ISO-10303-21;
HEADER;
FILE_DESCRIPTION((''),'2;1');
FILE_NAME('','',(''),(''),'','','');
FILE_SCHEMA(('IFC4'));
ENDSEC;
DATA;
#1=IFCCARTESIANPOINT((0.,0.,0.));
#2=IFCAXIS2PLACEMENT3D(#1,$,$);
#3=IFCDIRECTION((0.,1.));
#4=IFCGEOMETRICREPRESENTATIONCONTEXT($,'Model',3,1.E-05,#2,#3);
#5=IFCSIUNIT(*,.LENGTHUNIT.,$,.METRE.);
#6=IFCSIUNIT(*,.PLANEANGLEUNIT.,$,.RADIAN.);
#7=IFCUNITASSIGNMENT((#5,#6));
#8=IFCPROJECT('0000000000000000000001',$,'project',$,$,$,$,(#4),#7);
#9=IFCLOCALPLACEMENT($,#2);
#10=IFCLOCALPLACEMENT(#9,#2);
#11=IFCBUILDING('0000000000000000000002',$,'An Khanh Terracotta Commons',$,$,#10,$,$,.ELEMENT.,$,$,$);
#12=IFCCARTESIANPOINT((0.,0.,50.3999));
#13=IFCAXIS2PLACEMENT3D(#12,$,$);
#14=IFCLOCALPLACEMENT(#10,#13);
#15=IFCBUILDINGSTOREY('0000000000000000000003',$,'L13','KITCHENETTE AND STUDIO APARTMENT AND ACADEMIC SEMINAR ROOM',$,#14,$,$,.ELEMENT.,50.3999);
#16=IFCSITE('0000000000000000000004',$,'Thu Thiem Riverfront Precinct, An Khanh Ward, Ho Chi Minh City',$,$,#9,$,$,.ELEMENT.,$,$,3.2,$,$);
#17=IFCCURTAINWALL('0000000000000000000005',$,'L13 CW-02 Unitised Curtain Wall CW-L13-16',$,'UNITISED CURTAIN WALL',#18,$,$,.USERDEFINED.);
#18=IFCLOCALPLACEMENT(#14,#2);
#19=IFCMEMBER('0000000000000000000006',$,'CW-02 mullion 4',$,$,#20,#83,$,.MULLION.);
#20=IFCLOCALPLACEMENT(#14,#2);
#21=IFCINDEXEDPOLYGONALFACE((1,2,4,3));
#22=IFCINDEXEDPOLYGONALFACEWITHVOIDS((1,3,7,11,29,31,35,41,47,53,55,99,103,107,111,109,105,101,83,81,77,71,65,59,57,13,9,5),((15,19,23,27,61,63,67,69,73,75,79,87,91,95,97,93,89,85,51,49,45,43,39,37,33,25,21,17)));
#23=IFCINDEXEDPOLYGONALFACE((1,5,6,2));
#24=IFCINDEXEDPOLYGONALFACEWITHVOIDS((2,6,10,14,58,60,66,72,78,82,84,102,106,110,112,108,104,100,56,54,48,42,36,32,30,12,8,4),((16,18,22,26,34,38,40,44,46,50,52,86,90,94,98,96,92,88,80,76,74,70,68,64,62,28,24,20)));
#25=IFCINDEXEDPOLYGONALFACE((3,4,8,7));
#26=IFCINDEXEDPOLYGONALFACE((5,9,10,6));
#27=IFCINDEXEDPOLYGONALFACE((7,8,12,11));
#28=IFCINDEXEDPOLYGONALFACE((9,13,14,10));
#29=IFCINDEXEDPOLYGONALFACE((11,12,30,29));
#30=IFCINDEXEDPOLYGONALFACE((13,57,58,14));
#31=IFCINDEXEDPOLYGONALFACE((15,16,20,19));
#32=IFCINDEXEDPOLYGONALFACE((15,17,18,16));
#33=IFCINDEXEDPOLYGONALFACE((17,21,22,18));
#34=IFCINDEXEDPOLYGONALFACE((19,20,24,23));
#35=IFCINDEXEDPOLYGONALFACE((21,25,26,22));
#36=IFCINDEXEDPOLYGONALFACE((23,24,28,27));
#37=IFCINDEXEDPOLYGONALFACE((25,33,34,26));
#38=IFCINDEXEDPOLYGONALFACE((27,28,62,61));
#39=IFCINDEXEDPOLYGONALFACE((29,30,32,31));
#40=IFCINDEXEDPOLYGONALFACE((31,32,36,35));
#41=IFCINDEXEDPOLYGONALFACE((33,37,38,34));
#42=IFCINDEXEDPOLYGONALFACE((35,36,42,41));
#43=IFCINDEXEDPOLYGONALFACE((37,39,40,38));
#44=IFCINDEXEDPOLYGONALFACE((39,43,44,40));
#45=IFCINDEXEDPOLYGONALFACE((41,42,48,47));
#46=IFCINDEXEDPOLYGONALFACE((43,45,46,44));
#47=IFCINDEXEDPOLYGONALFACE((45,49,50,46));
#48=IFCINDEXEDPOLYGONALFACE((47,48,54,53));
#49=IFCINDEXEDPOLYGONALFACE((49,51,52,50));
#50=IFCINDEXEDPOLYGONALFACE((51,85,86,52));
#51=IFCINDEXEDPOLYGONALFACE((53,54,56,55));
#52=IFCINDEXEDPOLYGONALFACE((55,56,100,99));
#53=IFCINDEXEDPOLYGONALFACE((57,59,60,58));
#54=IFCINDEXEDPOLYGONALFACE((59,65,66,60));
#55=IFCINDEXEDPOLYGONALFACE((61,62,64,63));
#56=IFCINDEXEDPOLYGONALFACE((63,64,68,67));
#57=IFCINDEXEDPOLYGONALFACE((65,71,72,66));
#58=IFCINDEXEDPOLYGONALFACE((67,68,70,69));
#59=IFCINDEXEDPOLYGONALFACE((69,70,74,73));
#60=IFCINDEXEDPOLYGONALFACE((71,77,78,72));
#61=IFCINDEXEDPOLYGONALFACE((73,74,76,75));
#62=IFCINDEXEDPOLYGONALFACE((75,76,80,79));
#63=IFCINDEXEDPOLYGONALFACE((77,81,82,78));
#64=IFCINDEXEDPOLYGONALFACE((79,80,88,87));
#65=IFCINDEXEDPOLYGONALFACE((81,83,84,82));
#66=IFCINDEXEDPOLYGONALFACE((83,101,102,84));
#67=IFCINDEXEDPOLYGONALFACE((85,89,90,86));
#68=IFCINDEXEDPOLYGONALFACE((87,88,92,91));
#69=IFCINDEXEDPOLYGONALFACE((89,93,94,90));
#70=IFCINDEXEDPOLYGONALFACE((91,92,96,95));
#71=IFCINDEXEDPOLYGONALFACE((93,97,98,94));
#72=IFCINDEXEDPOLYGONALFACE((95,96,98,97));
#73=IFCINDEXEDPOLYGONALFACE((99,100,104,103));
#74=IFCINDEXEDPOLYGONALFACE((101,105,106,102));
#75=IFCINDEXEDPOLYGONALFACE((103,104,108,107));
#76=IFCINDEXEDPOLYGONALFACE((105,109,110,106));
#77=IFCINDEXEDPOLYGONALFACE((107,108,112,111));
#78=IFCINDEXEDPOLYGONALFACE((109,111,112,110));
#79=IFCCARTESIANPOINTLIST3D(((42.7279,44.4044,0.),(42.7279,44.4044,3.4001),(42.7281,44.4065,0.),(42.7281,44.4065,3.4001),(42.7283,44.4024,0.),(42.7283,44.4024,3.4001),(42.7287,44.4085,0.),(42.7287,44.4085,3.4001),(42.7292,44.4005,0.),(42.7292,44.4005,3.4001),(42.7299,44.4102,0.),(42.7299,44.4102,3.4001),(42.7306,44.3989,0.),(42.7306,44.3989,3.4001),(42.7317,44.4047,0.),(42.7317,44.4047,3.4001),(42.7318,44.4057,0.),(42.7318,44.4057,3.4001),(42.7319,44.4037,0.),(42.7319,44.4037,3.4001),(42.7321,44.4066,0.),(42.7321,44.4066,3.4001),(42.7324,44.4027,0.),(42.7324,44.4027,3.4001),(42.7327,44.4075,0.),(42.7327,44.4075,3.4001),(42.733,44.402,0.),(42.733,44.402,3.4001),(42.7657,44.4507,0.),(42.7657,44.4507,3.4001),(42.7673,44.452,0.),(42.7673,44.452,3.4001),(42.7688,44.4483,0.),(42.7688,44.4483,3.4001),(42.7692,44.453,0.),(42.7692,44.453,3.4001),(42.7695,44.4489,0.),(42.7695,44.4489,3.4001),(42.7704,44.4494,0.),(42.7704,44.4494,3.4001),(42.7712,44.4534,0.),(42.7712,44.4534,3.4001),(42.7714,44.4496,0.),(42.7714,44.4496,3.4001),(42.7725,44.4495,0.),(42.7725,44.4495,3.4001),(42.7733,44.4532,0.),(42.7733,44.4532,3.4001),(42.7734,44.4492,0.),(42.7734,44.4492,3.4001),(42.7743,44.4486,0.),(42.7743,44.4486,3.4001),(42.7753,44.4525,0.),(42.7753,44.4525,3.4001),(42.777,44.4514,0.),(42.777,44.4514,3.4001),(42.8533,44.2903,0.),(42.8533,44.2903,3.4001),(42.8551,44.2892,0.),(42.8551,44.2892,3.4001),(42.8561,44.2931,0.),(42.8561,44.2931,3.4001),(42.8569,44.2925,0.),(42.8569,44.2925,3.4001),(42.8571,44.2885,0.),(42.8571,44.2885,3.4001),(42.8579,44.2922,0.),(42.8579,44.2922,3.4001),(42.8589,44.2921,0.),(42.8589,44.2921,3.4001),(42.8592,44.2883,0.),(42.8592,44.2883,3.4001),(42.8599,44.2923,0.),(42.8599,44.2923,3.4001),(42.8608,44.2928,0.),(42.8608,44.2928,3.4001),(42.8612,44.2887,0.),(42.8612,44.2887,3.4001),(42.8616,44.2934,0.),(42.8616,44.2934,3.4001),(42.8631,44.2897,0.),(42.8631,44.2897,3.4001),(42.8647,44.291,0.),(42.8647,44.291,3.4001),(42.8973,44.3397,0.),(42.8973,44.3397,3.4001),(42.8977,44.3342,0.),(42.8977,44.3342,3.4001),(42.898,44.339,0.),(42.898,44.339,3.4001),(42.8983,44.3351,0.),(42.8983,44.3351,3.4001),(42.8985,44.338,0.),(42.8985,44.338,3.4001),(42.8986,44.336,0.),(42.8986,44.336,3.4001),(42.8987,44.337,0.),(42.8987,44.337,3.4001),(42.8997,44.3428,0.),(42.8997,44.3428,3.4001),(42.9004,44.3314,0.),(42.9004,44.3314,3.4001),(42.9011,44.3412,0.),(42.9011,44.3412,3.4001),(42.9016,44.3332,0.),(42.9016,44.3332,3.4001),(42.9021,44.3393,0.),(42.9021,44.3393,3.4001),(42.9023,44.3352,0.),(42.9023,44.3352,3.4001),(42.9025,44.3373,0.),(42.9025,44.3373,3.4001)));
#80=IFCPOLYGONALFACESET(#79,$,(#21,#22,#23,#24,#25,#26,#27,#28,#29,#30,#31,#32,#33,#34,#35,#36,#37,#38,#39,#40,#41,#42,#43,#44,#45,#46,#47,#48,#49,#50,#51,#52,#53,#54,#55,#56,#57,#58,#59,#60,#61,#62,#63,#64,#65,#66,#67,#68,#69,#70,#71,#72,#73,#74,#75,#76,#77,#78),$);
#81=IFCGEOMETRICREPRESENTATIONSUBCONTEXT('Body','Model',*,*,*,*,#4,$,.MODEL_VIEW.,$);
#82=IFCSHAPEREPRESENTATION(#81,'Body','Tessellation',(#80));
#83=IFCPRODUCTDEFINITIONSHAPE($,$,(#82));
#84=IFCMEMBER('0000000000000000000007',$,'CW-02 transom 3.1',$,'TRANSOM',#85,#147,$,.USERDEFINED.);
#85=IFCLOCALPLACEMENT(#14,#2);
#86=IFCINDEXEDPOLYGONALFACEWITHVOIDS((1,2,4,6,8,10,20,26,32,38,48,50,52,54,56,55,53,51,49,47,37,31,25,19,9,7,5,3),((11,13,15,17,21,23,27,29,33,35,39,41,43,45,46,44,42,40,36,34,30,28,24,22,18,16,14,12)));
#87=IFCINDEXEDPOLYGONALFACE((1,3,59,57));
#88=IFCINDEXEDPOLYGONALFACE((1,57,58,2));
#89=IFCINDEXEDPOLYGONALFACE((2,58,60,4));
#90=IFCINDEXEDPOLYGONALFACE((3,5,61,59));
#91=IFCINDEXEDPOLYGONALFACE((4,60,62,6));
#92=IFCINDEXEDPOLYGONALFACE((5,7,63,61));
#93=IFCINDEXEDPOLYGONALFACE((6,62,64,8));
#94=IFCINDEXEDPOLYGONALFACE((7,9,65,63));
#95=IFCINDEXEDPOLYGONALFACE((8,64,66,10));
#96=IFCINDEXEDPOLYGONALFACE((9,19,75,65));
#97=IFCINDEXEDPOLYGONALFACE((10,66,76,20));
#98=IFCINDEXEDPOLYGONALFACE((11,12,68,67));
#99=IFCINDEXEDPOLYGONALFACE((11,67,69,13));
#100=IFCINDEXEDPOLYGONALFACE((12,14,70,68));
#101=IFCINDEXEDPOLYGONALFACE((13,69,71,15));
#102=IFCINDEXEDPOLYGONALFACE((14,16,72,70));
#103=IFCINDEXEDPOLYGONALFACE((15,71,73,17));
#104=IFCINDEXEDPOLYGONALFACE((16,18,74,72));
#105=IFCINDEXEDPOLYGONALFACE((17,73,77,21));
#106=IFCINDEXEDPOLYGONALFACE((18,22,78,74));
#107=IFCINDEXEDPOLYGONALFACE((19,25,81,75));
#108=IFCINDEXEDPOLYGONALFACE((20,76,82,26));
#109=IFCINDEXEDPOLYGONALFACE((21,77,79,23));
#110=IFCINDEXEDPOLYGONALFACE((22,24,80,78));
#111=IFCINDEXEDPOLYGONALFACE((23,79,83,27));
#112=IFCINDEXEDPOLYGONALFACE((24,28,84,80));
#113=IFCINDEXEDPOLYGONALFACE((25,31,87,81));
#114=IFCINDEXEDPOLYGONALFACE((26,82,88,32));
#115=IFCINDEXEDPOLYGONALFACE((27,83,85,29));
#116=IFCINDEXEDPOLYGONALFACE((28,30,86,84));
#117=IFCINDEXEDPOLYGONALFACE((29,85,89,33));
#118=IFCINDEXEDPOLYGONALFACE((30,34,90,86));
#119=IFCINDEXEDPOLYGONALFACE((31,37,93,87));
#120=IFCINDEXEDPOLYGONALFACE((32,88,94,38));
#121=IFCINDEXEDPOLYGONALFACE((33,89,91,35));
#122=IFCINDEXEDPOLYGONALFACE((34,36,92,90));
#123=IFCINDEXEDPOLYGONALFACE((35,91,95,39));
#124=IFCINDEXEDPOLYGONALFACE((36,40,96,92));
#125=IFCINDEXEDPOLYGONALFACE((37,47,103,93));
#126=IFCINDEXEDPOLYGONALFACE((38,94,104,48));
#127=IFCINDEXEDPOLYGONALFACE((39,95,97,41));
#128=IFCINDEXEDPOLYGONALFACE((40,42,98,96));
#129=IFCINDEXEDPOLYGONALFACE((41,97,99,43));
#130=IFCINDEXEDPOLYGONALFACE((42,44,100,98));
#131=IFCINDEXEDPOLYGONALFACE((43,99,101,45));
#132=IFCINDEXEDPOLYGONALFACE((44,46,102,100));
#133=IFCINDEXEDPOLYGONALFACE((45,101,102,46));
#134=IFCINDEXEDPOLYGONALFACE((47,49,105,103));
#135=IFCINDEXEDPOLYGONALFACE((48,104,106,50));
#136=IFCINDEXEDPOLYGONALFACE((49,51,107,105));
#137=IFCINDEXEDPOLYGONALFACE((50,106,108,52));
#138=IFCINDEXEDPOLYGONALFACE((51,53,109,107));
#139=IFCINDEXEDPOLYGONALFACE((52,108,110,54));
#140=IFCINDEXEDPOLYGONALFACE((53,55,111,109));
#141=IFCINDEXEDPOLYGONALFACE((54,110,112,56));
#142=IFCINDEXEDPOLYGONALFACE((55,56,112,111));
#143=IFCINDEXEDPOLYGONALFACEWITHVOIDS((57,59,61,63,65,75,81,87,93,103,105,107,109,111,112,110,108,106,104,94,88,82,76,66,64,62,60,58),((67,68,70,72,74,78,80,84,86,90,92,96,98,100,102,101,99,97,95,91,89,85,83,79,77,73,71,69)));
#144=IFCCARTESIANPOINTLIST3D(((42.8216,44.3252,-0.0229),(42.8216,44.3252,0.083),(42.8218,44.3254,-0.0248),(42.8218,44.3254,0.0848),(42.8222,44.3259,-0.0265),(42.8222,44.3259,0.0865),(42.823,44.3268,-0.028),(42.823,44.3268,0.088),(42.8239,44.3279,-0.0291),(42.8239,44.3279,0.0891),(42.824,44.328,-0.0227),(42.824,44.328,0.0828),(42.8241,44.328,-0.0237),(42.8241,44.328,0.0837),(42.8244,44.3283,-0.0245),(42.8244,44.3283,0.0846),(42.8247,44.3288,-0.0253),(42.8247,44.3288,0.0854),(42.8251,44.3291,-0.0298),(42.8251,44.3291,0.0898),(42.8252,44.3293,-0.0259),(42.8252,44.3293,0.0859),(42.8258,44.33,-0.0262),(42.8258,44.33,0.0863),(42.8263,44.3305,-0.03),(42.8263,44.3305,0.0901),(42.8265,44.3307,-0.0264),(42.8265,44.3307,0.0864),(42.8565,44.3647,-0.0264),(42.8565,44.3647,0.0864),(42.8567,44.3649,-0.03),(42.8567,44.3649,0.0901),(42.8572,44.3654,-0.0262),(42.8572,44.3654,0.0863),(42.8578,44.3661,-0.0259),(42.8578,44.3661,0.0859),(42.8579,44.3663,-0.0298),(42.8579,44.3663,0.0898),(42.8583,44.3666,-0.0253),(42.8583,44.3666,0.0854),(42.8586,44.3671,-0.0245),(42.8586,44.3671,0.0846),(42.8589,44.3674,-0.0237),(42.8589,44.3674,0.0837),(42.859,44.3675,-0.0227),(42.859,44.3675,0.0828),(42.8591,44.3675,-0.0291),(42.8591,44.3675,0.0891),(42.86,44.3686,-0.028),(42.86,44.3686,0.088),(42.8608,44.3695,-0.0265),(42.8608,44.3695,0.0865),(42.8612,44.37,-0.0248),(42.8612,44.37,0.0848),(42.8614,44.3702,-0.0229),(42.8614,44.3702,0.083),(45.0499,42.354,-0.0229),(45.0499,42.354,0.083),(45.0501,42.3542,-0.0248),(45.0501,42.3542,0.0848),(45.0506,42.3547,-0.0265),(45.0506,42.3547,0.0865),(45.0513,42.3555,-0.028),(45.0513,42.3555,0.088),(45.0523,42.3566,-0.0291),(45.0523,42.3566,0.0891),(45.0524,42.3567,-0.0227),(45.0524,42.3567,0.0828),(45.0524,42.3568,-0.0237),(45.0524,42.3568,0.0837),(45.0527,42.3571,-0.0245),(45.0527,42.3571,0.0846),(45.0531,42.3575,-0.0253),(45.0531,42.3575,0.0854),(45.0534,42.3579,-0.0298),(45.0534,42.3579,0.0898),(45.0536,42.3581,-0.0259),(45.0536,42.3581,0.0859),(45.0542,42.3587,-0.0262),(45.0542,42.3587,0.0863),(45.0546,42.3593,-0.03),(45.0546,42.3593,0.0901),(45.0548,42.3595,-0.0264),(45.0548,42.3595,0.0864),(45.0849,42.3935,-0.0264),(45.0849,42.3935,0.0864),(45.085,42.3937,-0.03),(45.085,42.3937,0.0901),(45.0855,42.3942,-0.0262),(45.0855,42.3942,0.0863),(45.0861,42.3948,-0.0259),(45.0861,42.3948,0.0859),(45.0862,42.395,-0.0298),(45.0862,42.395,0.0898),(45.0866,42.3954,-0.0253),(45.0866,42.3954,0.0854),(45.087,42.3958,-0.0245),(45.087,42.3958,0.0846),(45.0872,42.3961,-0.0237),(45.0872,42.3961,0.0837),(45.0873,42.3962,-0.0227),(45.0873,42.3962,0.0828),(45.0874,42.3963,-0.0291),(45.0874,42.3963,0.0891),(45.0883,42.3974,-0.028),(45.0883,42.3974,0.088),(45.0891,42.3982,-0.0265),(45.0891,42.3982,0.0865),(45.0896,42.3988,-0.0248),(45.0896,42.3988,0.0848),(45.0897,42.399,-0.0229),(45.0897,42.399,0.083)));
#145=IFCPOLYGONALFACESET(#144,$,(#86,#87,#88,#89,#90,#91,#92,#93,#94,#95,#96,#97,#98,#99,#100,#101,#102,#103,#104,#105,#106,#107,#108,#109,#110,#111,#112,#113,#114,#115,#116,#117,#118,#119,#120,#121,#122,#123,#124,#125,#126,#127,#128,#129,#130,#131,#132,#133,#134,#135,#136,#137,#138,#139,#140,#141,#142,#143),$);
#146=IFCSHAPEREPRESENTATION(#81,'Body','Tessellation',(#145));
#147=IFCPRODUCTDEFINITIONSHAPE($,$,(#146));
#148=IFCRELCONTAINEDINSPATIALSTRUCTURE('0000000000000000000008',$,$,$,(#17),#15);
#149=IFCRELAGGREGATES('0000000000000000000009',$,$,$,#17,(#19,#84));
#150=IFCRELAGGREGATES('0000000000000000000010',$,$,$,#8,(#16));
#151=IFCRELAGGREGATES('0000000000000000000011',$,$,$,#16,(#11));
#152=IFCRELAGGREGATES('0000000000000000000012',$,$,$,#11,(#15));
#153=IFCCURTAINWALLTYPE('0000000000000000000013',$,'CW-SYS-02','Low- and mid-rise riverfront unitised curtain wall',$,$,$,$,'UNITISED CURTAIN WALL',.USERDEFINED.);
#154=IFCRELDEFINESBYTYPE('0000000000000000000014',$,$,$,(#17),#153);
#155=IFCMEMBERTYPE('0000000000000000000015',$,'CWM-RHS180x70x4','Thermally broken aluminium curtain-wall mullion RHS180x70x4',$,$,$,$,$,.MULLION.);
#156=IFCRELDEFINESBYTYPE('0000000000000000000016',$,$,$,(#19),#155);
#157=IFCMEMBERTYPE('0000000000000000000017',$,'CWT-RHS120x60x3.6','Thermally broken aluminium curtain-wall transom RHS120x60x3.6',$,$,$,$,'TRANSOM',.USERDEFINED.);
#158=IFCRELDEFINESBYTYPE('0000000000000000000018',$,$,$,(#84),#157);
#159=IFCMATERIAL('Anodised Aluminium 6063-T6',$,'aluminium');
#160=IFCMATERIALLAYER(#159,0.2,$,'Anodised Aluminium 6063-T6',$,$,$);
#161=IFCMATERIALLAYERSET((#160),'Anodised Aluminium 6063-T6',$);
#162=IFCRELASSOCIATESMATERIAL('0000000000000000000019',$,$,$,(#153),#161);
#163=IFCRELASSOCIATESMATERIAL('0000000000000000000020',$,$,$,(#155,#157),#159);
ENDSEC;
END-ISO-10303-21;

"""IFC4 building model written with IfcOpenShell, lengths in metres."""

from ifc_helpers import new_model, si_unit, direction, frame, origin, origin_2d, place, context, subcontext, project, spatial, hollow_rectangle, extrude, material, layer, layer_set, material_profile, profile_set, type_object, element, aggregate, save


model = new_model("IFC4")

# Units and contexts
model_context = context("Model", 3, precision=1e-05, world=origin(), true_north=direction((0.0, 1.0)))
body_context = subcontext(model_context, "Body", "Model", "MODEL_VIEW")
ifc_project = project(units=[si_unit("LENGTHUNIT", "METRE"), si_unit("PLANEANGLEUNIT", "RADIAN")], contexts=[model_context])

# Site, building, storey
site_placement = place(None, origin())
site = spatial("IfcSite", under=ifc_project, at=site_placement, Name="Thu Thiem Riverfront Precinct, An Khanh Ward, Ho Chi Minh City", CompositionType="ELEMENT", RefElevation=3.2)
building_placement = place(site_placement, origin())
building = spatial("IfcBuilding", under=site, at=building_placement, Name="An Khanh Terracotta Commons", CompositionType="ELEMENT")
storey_placement = place(building_placement, frame((0.0, 0.0, 50.3999)))
storey = spatial("IfcBuildingStorey", under=building, at=storey_placement, Name="L13", Description="KITCHENETTE AND STUDIO APARTMENT AND ACADEMIC SEMINAR ROOM", CompositionType="ELEMENT", Elevation=50.3999)

# Curtain wall, members
ifc_material_1 = material(Name="Anodised Aluminium 6063-T6", Category="aluminium")
ifc_layer_1 = layer(ifc_material_1, 0.2, Name="Anodised Aluminium 6063-T6")
ifc_layer_set_1 = layer_set([ifc_layer_1], Name="Anodised Aluminium 6063-T6")
curtain_wall_type = type_object("IfcCurtainWallType", Name="CW-SYS-02", Description="Low- and mid-rise riverfront unitised curtain wall", ElementType="UNITISED CURTAIN WALL", PredefinedType="USERDEFINED", material=ifc_layer_set_1)
curtain_wall_placement = place(storey_placement, origin())
curtain_wall = element("IfcCurtainWall", 1, at=curtain_wall_placement, inside=storey, type_object=curtain_wall_type, Name="L13 CW-02 Unitised Curtain Wall CW-L13-16", ObjectType="UNITISED CURTAIN WALL", PredefinedType="USERDEFINED")
ifc_material_profile_1 = material_profile(ifc_material_1, hollow_rectangle(XDim=0.0701, YDim=0.1799, WallThickness=0.0039, InnerFilletRadius=0.0039, OuterFilletRadius=0.0081, at=origin_2d()), Name="RHS180x70x4")
ifc_profile_set_1 = profile_set([ifc_material_profile_1], Name="Anodised Aluminium 6063-T6")
member_type_1 = type_object("IfcMemberType", Name="CWM-RHS180x70x4", Description="Thermally broken aluminium curtain-wall mullion RHS180x70x4", PredefinedType="MULLION", material=ifc_profile_set_1)
member_1_placement = place(storey_placement, frame((42.8152, 44.3708, 0.0), z_axis=(0.0, 0.0, 1.0), x_axis=(-0.662548, -0.749019, 0.0)))
member_1 = element("IfcMember", 2, at=member_1_placement, type_object=member_type_1, Name="CW-02 mullion 4", PredefinedType="MULLION", context=body_context, shape_type="SweptSolid", body=[
    extrude(hollow_rectangle(XDim=0.0701, YDim=0.1799, WallThickness=0.0039, InnerFilletRadius=0.0039, OuterFilletRadius=0.0081, at=origin_2d()), origin(), (0.0, 0.0, 1.0), 3.4001),
])
ifc_material_profile_2 = material_profile(ifc_material_1, hollow_rectangle(XDim=0.0601, YDim=0.1201, WallThickness=0.0037, InnerFilletRadius=0.0037, OuterFilletRadius=0.0071, at=origin_2d()), Name="RHS120x60x3.6")
ifc_profile_set_2 = profile_set([ifc_material_profile_2], Name="Anodised Aluminium 6063-T6")
member_type_2 = type_object("IfcMemberType", Name="CWT-RHS120x60x3.6", Description="Thermally broken aluminium curtain-wall transom RHS120x60x3.6", ElementType="TRANSOM", PredefinedType="USERDEFINED", material=ifc_profile_set_2)
member_2_placement = place(storey_placement, frame((45.0698, 42.3765, 0.03), z_axis=(-0.748992, 0.662579, 0.0), x_axis=(-0.662579, -0.748992, 0.0)))
member_2 = element("IfcMember", 3, at=member_2_placement, type_object=member_type_2, Name="CW-02 transom 3.1", ObjectType="TRANSOM", PredefinedType="USERDEFINED", context=body_context, shape_type="SweptSolid", body=[
    extrude(hollow_rectangle(XDim=0.0601, YDim=0.1201, WallThickness=0.0037, InnerFilletRadius=0.0037, OuterFilletRadius=0.0071, at=origin_2d()), origin(), (0.0, 0.0, 1.0), 2.9751),
])
aggregate(curtain_wall, [member_1, member_2])

save(model, "model.ifc")
